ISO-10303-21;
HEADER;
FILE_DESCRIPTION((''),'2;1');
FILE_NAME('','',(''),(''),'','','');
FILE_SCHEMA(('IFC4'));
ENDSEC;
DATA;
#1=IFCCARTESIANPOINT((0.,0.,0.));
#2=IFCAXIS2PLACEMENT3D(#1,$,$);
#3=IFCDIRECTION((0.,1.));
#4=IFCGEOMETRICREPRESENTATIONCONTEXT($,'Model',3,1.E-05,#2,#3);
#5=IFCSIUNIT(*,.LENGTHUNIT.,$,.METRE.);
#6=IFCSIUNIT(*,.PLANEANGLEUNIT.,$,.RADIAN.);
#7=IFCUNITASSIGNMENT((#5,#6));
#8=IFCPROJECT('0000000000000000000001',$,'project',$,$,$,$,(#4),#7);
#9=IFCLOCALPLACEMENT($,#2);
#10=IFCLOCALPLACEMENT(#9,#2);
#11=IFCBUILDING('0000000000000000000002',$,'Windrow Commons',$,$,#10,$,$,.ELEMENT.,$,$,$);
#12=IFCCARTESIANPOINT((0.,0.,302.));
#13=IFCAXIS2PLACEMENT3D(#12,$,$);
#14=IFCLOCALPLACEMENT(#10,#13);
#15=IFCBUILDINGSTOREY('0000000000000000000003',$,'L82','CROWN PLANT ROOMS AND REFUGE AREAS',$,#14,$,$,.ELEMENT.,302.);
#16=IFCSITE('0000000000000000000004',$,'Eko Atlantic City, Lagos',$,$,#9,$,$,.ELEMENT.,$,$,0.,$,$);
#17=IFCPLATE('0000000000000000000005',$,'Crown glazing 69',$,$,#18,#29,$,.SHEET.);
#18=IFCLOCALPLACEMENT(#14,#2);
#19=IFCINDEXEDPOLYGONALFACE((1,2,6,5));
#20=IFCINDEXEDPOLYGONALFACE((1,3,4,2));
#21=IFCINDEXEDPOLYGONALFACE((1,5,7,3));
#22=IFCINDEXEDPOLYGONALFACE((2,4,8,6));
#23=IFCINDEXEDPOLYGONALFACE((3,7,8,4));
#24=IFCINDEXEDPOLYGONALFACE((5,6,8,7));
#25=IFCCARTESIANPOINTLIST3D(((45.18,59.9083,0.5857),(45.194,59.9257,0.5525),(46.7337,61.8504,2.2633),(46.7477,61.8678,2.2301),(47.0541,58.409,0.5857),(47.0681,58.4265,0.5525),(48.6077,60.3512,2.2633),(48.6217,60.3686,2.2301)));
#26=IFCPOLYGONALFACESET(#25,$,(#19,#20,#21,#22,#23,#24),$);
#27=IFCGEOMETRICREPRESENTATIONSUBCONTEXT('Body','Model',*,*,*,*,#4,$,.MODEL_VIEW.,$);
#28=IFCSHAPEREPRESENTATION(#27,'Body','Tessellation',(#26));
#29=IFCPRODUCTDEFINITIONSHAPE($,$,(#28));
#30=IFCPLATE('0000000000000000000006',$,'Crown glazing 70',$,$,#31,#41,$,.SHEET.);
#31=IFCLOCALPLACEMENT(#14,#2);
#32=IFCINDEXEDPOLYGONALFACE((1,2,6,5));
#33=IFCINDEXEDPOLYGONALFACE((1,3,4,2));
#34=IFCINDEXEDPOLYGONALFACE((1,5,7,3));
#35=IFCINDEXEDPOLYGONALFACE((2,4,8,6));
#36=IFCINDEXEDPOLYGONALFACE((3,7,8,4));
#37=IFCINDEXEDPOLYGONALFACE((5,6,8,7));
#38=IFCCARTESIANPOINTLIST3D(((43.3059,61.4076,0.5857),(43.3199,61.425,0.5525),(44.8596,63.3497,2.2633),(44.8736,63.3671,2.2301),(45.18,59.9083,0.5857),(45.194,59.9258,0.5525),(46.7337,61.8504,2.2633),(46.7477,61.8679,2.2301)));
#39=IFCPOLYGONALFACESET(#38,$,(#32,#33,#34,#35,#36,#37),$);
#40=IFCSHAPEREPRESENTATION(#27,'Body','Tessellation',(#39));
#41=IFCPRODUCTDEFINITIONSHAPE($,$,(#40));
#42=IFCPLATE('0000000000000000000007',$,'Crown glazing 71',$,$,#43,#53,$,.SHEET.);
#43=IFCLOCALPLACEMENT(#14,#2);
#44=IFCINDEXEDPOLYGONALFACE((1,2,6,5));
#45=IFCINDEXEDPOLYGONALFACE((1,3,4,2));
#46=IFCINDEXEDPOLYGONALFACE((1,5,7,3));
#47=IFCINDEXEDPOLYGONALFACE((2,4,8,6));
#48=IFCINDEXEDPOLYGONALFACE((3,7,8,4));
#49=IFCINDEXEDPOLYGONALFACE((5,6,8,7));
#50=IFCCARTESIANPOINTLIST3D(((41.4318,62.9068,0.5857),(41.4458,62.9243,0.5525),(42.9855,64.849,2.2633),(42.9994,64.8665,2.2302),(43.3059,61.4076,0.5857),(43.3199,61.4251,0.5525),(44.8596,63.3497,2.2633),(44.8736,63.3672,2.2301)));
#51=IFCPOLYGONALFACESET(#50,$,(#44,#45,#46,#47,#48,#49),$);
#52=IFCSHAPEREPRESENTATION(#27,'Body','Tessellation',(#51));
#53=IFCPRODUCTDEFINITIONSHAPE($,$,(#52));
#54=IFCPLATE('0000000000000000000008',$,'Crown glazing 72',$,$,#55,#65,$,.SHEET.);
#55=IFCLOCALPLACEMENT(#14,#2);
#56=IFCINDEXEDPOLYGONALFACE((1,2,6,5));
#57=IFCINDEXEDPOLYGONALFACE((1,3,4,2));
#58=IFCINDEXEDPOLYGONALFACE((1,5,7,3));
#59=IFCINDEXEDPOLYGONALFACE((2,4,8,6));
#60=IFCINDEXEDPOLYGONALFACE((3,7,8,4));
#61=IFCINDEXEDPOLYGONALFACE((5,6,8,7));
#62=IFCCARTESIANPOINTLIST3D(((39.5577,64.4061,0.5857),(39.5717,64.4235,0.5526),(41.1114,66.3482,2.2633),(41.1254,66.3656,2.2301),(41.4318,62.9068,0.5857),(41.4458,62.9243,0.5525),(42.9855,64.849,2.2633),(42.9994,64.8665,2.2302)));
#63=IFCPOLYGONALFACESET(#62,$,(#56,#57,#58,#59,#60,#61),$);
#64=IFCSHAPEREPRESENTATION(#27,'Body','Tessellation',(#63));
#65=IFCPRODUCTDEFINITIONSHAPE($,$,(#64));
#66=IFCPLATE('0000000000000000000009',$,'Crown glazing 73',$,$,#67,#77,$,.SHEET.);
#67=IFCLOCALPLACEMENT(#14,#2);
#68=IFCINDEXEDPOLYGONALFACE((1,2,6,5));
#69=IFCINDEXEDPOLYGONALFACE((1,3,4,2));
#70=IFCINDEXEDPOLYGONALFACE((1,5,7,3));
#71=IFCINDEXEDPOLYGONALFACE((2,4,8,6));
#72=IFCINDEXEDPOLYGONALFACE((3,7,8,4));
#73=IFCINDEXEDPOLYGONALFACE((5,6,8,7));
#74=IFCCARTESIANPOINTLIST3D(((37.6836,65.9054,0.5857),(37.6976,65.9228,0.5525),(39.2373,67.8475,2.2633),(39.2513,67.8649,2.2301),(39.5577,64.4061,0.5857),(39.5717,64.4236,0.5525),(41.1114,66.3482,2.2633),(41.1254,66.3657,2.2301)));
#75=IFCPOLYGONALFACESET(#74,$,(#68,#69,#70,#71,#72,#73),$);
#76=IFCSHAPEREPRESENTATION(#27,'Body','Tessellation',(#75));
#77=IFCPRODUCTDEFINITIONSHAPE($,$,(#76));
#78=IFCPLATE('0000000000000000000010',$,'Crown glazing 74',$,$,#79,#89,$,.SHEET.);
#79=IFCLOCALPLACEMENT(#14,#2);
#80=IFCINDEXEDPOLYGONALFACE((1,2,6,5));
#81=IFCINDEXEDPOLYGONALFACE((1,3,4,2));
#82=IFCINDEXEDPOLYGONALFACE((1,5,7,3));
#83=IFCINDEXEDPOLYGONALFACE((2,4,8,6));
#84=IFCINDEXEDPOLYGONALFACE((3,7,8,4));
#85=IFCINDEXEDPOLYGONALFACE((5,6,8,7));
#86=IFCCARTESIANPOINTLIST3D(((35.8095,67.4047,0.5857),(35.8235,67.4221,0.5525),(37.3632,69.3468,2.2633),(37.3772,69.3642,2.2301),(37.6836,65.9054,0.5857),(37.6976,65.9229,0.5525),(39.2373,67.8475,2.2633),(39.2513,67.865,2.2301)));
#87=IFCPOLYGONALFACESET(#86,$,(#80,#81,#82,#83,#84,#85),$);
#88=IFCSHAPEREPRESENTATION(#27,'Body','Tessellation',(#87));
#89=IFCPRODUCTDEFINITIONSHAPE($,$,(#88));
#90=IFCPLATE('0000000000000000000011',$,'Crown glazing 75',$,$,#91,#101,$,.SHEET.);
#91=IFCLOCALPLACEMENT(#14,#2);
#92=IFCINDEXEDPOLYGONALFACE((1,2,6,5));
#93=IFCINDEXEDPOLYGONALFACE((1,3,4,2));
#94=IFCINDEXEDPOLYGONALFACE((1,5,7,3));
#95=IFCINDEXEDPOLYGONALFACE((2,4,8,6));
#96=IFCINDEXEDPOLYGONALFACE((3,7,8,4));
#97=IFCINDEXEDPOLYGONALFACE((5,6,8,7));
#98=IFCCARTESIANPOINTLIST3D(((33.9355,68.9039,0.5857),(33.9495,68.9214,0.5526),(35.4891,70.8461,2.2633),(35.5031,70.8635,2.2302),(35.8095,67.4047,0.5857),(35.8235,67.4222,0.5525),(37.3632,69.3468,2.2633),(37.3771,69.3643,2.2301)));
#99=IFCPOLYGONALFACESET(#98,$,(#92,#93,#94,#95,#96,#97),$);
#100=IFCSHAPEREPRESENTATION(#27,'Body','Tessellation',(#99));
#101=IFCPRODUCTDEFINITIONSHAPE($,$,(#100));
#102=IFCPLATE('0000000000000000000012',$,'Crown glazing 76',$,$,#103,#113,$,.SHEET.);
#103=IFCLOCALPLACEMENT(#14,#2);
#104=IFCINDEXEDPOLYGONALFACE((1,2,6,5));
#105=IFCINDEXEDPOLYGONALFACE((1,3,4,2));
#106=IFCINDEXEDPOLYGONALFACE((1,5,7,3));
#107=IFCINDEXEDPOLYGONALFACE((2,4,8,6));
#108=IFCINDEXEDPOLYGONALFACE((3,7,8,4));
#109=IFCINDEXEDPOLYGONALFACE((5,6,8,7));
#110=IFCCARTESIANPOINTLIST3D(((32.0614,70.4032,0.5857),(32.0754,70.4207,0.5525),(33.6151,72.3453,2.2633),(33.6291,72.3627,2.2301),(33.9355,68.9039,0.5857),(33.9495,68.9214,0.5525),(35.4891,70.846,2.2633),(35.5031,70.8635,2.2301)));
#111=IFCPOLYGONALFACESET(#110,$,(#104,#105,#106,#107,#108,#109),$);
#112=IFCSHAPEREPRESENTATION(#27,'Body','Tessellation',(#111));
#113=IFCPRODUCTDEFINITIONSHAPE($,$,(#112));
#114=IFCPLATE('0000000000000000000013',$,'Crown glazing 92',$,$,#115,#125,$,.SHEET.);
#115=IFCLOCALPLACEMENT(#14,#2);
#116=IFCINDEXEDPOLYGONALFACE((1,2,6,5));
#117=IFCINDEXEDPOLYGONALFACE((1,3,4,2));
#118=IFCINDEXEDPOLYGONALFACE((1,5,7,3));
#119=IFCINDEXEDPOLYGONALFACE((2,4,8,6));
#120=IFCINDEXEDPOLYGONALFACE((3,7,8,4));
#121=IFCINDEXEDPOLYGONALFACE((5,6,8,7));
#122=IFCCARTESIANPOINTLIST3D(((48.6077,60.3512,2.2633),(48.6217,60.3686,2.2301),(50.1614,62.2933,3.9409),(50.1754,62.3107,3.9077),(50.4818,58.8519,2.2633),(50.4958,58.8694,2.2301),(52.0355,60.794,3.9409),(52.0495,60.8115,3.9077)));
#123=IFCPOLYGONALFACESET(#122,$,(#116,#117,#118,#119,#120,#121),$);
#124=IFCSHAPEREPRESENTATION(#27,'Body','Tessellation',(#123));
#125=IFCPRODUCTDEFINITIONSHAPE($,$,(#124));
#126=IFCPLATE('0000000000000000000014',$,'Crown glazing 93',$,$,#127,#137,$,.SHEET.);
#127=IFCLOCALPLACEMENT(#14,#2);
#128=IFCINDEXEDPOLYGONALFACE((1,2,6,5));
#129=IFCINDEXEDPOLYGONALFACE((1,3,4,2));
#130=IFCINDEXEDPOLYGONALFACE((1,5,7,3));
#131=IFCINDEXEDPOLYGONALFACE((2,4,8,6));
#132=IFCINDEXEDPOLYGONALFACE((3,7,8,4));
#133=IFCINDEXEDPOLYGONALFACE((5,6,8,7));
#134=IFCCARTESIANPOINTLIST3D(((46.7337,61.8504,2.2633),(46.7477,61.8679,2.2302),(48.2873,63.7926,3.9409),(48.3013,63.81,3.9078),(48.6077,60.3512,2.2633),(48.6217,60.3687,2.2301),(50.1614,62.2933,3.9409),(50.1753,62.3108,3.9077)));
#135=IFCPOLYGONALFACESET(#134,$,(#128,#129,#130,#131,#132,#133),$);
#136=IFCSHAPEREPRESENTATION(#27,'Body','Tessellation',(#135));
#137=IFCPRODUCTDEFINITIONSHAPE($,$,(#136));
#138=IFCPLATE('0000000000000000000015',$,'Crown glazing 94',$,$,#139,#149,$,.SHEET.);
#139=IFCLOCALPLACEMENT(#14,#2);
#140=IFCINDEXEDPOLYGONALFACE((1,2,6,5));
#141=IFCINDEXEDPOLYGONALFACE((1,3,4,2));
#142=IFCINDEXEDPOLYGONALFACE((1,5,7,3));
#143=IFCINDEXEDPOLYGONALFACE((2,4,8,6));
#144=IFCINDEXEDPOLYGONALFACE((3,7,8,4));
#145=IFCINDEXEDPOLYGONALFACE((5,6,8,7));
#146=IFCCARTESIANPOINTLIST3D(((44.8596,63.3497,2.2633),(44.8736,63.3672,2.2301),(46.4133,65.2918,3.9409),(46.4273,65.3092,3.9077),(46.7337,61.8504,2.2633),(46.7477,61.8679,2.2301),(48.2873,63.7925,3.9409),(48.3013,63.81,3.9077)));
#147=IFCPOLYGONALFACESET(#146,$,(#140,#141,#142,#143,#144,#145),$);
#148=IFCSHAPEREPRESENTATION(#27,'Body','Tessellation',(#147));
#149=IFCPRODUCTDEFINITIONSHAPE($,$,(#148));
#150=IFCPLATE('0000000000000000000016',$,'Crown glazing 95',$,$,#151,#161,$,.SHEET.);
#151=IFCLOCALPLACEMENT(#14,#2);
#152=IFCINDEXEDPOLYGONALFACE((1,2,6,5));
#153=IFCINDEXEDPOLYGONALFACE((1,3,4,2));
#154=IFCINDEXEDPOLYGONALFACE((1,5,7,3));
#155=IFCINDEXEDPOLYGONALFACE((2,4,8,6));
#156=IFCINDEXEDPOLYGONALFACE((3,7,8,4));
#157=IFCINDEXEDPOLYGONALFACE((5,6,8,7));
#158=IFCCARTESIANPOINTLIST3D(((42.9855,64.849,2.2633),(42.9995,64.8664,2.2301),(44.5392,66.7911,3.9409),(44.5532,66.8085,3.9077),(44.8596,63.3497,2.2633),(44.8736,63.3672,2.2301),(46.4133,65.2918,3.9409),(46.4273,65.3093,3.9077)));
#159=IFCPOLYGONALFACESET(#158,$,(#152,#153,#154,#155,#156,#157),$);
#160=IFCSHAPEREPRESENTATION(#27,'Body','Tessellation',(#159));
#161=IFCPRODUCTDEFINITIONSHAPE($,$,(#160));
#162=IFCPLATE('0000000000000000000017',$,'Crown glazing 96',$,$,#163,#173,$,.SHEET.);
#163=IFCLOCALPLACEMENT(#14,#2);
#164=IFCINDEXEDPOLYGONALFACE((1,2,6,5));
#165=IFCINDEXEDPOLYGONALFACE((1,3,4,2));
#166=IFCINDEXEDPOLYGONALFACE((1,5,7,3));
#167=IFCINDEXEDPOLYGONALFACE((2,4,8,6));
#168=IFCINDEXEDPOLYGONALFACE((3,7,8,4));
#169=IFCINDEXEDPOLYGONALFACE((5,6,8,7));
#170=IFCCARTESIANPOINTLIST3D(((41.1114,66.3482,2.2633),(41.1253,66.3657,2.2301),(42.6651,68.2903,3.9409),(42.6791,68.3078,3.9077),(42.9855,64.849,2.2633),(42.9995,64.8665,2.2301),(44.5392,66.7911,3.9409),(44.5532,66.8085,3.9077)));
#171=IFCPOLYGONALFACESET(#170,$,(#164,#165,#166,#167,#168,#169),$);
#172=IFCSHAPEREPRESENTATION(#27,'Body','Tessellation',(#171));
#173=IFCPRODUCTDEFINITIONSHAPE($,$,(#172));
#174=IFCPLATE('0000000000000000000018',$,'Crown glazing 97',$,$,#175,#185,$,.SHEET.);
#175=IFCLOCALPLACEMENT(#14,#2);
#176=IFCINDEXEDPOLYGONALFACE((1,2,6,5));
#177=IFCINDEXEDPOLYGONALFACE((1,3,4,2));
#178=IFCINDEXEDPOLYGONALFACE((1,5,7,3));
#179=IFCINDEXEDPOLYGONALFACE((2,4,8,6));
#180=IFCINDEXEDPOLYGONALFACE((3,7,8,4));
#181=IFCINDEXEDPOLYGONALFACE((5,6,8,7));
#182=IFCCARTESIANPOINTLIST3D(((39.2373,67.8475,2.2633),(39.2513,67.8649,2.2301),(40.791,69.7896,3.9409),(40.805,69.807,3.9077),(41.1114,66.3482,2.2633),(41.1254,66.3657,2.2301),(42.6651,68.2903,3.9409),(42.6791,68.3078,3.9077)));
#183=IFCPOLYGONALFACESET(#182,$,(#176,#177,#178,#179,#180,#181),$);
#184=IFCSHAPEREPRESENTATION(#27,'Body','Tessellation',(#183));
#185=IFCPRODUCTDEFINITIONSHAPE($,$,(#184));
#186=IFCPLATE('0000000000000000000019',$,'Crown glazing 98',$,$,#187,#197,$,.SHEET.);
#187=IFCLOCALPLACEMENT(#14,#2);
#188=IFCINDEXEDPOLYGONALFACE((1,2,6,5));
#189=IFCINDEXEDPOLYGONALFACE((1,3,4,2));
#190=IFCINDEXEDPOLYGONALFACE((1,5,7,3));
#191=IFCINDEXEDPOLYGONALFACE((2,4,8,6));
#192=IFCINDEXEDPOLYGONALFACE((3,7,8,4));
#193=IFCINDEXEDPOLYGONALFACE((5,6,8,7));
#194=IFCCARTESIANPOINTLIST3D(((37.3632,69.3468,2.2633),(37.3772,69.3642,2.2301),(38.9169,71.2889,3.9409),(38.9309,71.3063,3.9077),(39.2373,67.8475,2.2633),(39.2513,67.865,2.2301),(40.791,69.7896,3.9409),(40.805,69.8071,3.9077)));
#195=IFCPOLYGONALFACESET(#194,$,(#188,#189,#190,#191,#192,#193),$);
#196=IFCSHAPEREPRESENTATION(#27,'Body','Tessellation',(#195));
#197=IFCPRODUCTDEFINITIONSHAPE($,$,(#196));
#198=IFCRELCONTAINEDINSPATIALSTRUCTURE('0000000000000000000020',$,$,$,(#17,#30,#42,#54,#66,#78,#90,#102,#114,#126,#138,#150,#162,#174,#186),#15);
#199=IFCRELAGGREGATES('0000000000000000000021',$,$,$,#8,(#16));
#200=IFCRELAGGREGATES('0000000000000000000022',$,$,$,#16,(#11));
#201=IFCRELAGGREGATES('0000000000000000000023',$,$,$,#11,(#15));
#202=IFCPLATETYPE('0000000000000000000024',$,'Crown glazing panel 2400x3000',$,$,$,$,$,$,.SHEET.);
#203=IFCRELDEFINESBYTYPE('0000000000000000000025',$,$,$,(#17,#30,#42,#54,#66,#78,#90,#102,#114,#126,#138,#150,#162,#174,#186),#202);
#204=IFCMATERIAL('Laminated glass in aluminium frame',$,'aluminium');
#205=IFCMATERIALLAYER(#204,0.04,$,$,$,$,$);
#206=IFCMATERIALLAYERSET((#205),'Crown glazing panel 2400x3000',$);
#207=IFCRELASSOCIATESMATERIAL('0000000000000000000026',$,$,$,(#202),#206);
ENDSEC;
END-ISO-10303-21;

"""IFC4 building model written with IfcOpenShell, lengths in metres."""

from ifc_helpers import new_model, si_unit, direction, frame, origin, place, context, subcontext, project, spatial, polyline, outline, extrude, material, layer, layer_set, type_object, element, save


model = new_model("IFC4")

# Units and contexts
model_context = context("Model", 3, precision=1e-05, world=origin(), true_north=direction((0.0, 1.0)))
body_context = subcontext(model_context, "Body", "Model", "MODEL_VIEW")
ifc_project = project(units=[si_unit("LENGTHUNIT", "METRE"), si_unit("PLANEANGLEUNIT", "RADIAN")], contexts=[model_context])

# Site, building, storey
site_placement = place(None, origin())
site = spatial("IfcSite", under=ifc_project, at=site_placement, Name="Eko Atlantic City, Lagos", CompositionType="ELEMENT", RefElevation=0.0)
building_placement = place(site_placement, origin())
building = spatial("IfcBuilding", under=site, at=building_placement, Name="Windrow Commons", CompositionType="ELEMENT")
storey_placement = place(building_placement, frame((0.0, 0.0, 302.0)))
storey = spatial("IfcBuildingStorey", under=building, at=storey_placement, Name="L82", Description="CROWN PLANT ROOMS AND REFUGE AREAS", CompositionType="ELEMENT", Elevation=302.0)

# Plates
ifc_material = material(Name="Laminated glass in aluminium frame", Category="aluminium")
ifc_layer = layer(ifc_material, 0.04)
ifc_layer_set = layer_set([ifc_layer], Name="Crown glazing panel 2400x3000")
plate_type = type_object("IfcPlateType", Name="Crown glazing panel 2400x3000", PredefinedType="SHEET", material=ifc_layer_set)
plate_1_placement = place(storey_placement, frame((47.0541, 58.409, 0.5857), z_axis=(-0.349329, -0.436658, 0.829035), x_axis=(-0.780865, 0.624699, 0.000002)))
element("IfcPlate", 1, at=plate_1_placement, inside=storey, type_object=plate_type, Name="Crown glazing 69", PredefinedType="SHEET", context=body_context, shape_type="SweptSolid", body=[
    extrude(outline(polyline([(0.0, 0.0), (2.4, 0.0), (2.4, -3.0), (0.0001, -3.0), (0.0, 0.0)])), origin(), (0.0, 0.0, -1.0), 0.04),
])
plate_2_placement = place(storey_placement, frame((45.18, 59.9083, 0.5857), z_axis=(-0.349331, -0.436658, 0.829034), x_axis=(-0.780865, 0.6247, 0.0)))
element("IfcPlate", 2, at=plate_2_placement, inside=storey, type_object=plate_type, Name="Crown glazing 70", PredefinedType="SHEET", context=body_context, shape_type="SweptSolid", body=[
    extrude(outline(polyline([(0.0, 0.0), (2.4, 0.0), (2.4, -3.0), (0.0, -3.0), (0.0, 0.0)])), origin(), (0.0, 0.0, -1.0), 0.04),
])
plate_3_placement = place(storey_placement, frame((43.3059, 61.4076, 0.5857), z_axis=(-0.34932, -0.436659, 0.829038), x_axis=(-0.780882, 0.624679, -0.000008)))
element("IfcPlate", 3, at=plate_3_placement, inside=storey, type_object=plate_type, Name="Crown glazing 71", PredefinedType="SHEET", context=body_context, shape_type="SweptSolid", body=[
    extrude(outline(polyline([(0.0, 0.0), (2.4, 0.0), (2.4, -3.0001), (-0.0001, -3.0), (0.0, 0.0)])), origin(), (0.0, 0.0, -1.0), 0.04),
])
plate_4_placement = place(storey_placement, frame((41.4318, 62.9068, 0.5857), z_axis=(-0.34932, -0.436659, 0.829038), x_axis=(-0.780868, 0.624696, 0.000008)))
element("IfcPlate", 4, at=plate_4_placement, inside=storey, type_object=plate_type, Name="Crown glazing 72", PredefinedType="SHEET", context=body_context, shape_type="SweptSolid", body=[
    extrude(outline(polyline([(0.0, 0.0), (2.4, 0.0), (2.4, -3.0), (0.0001, -3.0001), (0.0, 0.0)])), origin(), (0.0, 0.0, -1.0), 0.04),
])
for number, where, z_axis, x_axis, name in (
    (5, (39.5577, 64.4061, 0.5857), (-0.349331, -0.436658, 0.829034), (-0.780865, 0.6247, 0.0), "Crown glazing 73"),
    (6, (37.6836, 65.9054, 0.5857), (-0.349331, -0.436658, 0.829034), (-0.780865, 0.6247, 0.0), "Crown glazing 74"),
):
    element("IfcPlate", number, at=place(storey_placement, frame(where, z_axis=z_axis, x_axis=x_axis)), inside=storey, type_object=plate_type, Name=name, PredefinedType="SHEET", context=body_context, shape_type="SweptSolid", body=[
        extrude(outline(polyline([(0.0, 0.0), (2.4, 0.0), (2.4, -3.0), (0.0, -3.0), (0.0, 0.0)])), origin(), (0.0, 0.0, -1.0), 0.04),
    ])
plate_5_placement = place(storey_placement, frame((35.8095, 67.4047, 0.5857), z_axis=(-0.349325, -0.436668, 0.829031), x_axis=(-0.780871, 0.624692, 0.000006)))
element("IfcPlate", 7, at=plate_5_placement, inside=storey, type_object=plate_type, Name="Crown glazing 75", PredefinedType="SHEET", context=body_context, shape_type="SweptSolid", body=[
    extrude(outline(polyline([(0.0, 0.0), (2.3999, 0.0), (2.4, -3.0), (0.0, -3.0), (0.0, 0.0)])), origin(), (0.0, 0.0, -1.0), 0.04),
])
plate_6_placement = place(storey_placement, frame((33.9355, 68.9039, 0.5857), z_axis=(-0.349339, -0.436657, 0.829031), x_axis=(-0.780862, 0.624703, -0.000006)))
element("IfcPlate", 8, at=plate_6_placement, inside=storey, type_object=plate_type, Name="Crown glazing 76", PredefinedType="SHEET", context=body_context, shape_type="SweptSolid", body=[
    extrude(outline(polyline([(0.0, 0.0), (2.4, 0.0), (2.4, -3.0), (0.0001, -3.0), (0.0, 0.0)])), origin(), (0.0, 0.0, -1.0), 0.04),
])
plate_7_placement = place(storey_placement, frame((50.4818, 58.8519, 2.2633), z_axis=(-0.349331, -0.436658, 0.829034), x_axis=(-0.780865, 0.6247, 0.0)))
element("IfcPlate", 9, at=plate_7_placement, inside=storey, type_object=plate_type, Name="Crown glazing 92", PredefinedType="SHEET", context=body_context, shape_type="SweptSolid", body=[
    extrude(outline(polyline([(0.0, 0.0), (2.4, 0.0), (2.4, -3.0), (0.0, -3.0), (0.0, 0.0)])), origin(), (0.0, 0.0, -1.0), 0.04),
])
plate_8_placement = place(storey_placement, frame((48.6077, 60.3512, 2.2633), z_axis=(-0.349325, -0.436668, 0.829031), x_axis=(-0.780871, 0.624692, 0.000006)))
element("IfcPlate", 10, at=plate_8_placement, inside=storey, type_object=plate_type, Name="Crown glazing 93", PredefinedType="SHEET", context=body_context, shape_type="SweptSolid", body=[
    extrude(outline(polyline([(0.0, 0.0), (2.3999, 0.0), (2.4, -3.0), (0.0, -3.0), (0.0, 0.0)])), origin(), (0.0, 0.0, -1.0), 0.04),
])
plate_9_placement = place(storey_placement, frame((46.7337, 61.8504, 2.2633), z_axis=(-0.349339, -0.436657, 0.829031), x_axis=(-0.780862, 0.624703, -0.000006)))
element("IfcPlate", 11, at=plate_9_placement, inside=storey, type_object=plate_type, Name="Crown glazing 94", PredefinedType="SHEET", context=body_context, shape_type="SweptSolid", body=[
    extrude(outline(polyline([(0.0, 0.0), (2.4, 0.0), (2.4, -3.0), (0.0001, -3.0), (0.0, 0.0)])), origin(), (0.0, 0.0, -1.0), 0.04),
])
plate_10_placement = place(storey_placement, frame((44.8596, 63.3497, 2.2633), z_axis=(-0.349331, -0.436658, 0.829034), x_axis=(-0.780865, 0.6247, 0.0)))
element("IfcPlate", 12, at=plate_10_placement, inside=storey, type_object=plate_type, Name="Crown glazing 95", PredefinedType="SHEET", context=body_context, shape_type="SweptSolid", body=[
    extrude(outline(polyline([(0.0, 0.0), (2.4, 0.0), (2.4, -3.0), (0.0, -3.0), (0.0, 0.0)])), origin(), (0.0, 0.0, -1.0), 0.04),
])
plate_11_placement = place(storey_placement, frame((42.9855, 64.849, 2.2633), z_axis=(-0.349317, -0.436669, 0.829034), x_axis=(-0.780885, 0.624675, 0.0)))
element("IfcPlate", 13, at=plate_11_placement, inside=storey, type_object=plate_type, Name="Crown glazing 96", PredefinedType="SHEET", context=body_context, shape_type="SweptSolid", body=[
    extrude(outline(polyline([(0.0, 0.0), (2.4, 0.0), (2.3999, -3.0), (-0.0001, -3.0), (0.0, 0.0)])), origin(), (0.0, 0.0, -1.0), 0.04),
])
for number, where, z_axis, x_axis, name in (
    (14, (41.1114, 66.3482, 2.2633), (-0.349331, -0.436658, 0.829034), (-0.780865, 0.6247, 0.0), "Crown glazing 97"),
    (15, (39.2373, 67.8475, 2.2633), (-0.349331, -0.436658, 0.829034), (-0.780865, 0.6247, 0.0), "Crown glazing 98"),
):
    element("IfcPlate", number, at=place(storey_placement, frame(where, z_axis=z_axis, x_axis=x_axis)), inside=storey, type_object=plate_type, Name=name, PredefinedType="SHEET", context=body_context, shape_type="SweptSolid", body=[
        extrude(outline(polyline([(0.0, 0.0), (2.4, 0.0), (2.4, -3.0), (0.0, -3.0), (0.0, 0.0)])), origin(), (0.0, 0.0, -1.0), 0.04),
    ])

save(model, "model.ifc")
